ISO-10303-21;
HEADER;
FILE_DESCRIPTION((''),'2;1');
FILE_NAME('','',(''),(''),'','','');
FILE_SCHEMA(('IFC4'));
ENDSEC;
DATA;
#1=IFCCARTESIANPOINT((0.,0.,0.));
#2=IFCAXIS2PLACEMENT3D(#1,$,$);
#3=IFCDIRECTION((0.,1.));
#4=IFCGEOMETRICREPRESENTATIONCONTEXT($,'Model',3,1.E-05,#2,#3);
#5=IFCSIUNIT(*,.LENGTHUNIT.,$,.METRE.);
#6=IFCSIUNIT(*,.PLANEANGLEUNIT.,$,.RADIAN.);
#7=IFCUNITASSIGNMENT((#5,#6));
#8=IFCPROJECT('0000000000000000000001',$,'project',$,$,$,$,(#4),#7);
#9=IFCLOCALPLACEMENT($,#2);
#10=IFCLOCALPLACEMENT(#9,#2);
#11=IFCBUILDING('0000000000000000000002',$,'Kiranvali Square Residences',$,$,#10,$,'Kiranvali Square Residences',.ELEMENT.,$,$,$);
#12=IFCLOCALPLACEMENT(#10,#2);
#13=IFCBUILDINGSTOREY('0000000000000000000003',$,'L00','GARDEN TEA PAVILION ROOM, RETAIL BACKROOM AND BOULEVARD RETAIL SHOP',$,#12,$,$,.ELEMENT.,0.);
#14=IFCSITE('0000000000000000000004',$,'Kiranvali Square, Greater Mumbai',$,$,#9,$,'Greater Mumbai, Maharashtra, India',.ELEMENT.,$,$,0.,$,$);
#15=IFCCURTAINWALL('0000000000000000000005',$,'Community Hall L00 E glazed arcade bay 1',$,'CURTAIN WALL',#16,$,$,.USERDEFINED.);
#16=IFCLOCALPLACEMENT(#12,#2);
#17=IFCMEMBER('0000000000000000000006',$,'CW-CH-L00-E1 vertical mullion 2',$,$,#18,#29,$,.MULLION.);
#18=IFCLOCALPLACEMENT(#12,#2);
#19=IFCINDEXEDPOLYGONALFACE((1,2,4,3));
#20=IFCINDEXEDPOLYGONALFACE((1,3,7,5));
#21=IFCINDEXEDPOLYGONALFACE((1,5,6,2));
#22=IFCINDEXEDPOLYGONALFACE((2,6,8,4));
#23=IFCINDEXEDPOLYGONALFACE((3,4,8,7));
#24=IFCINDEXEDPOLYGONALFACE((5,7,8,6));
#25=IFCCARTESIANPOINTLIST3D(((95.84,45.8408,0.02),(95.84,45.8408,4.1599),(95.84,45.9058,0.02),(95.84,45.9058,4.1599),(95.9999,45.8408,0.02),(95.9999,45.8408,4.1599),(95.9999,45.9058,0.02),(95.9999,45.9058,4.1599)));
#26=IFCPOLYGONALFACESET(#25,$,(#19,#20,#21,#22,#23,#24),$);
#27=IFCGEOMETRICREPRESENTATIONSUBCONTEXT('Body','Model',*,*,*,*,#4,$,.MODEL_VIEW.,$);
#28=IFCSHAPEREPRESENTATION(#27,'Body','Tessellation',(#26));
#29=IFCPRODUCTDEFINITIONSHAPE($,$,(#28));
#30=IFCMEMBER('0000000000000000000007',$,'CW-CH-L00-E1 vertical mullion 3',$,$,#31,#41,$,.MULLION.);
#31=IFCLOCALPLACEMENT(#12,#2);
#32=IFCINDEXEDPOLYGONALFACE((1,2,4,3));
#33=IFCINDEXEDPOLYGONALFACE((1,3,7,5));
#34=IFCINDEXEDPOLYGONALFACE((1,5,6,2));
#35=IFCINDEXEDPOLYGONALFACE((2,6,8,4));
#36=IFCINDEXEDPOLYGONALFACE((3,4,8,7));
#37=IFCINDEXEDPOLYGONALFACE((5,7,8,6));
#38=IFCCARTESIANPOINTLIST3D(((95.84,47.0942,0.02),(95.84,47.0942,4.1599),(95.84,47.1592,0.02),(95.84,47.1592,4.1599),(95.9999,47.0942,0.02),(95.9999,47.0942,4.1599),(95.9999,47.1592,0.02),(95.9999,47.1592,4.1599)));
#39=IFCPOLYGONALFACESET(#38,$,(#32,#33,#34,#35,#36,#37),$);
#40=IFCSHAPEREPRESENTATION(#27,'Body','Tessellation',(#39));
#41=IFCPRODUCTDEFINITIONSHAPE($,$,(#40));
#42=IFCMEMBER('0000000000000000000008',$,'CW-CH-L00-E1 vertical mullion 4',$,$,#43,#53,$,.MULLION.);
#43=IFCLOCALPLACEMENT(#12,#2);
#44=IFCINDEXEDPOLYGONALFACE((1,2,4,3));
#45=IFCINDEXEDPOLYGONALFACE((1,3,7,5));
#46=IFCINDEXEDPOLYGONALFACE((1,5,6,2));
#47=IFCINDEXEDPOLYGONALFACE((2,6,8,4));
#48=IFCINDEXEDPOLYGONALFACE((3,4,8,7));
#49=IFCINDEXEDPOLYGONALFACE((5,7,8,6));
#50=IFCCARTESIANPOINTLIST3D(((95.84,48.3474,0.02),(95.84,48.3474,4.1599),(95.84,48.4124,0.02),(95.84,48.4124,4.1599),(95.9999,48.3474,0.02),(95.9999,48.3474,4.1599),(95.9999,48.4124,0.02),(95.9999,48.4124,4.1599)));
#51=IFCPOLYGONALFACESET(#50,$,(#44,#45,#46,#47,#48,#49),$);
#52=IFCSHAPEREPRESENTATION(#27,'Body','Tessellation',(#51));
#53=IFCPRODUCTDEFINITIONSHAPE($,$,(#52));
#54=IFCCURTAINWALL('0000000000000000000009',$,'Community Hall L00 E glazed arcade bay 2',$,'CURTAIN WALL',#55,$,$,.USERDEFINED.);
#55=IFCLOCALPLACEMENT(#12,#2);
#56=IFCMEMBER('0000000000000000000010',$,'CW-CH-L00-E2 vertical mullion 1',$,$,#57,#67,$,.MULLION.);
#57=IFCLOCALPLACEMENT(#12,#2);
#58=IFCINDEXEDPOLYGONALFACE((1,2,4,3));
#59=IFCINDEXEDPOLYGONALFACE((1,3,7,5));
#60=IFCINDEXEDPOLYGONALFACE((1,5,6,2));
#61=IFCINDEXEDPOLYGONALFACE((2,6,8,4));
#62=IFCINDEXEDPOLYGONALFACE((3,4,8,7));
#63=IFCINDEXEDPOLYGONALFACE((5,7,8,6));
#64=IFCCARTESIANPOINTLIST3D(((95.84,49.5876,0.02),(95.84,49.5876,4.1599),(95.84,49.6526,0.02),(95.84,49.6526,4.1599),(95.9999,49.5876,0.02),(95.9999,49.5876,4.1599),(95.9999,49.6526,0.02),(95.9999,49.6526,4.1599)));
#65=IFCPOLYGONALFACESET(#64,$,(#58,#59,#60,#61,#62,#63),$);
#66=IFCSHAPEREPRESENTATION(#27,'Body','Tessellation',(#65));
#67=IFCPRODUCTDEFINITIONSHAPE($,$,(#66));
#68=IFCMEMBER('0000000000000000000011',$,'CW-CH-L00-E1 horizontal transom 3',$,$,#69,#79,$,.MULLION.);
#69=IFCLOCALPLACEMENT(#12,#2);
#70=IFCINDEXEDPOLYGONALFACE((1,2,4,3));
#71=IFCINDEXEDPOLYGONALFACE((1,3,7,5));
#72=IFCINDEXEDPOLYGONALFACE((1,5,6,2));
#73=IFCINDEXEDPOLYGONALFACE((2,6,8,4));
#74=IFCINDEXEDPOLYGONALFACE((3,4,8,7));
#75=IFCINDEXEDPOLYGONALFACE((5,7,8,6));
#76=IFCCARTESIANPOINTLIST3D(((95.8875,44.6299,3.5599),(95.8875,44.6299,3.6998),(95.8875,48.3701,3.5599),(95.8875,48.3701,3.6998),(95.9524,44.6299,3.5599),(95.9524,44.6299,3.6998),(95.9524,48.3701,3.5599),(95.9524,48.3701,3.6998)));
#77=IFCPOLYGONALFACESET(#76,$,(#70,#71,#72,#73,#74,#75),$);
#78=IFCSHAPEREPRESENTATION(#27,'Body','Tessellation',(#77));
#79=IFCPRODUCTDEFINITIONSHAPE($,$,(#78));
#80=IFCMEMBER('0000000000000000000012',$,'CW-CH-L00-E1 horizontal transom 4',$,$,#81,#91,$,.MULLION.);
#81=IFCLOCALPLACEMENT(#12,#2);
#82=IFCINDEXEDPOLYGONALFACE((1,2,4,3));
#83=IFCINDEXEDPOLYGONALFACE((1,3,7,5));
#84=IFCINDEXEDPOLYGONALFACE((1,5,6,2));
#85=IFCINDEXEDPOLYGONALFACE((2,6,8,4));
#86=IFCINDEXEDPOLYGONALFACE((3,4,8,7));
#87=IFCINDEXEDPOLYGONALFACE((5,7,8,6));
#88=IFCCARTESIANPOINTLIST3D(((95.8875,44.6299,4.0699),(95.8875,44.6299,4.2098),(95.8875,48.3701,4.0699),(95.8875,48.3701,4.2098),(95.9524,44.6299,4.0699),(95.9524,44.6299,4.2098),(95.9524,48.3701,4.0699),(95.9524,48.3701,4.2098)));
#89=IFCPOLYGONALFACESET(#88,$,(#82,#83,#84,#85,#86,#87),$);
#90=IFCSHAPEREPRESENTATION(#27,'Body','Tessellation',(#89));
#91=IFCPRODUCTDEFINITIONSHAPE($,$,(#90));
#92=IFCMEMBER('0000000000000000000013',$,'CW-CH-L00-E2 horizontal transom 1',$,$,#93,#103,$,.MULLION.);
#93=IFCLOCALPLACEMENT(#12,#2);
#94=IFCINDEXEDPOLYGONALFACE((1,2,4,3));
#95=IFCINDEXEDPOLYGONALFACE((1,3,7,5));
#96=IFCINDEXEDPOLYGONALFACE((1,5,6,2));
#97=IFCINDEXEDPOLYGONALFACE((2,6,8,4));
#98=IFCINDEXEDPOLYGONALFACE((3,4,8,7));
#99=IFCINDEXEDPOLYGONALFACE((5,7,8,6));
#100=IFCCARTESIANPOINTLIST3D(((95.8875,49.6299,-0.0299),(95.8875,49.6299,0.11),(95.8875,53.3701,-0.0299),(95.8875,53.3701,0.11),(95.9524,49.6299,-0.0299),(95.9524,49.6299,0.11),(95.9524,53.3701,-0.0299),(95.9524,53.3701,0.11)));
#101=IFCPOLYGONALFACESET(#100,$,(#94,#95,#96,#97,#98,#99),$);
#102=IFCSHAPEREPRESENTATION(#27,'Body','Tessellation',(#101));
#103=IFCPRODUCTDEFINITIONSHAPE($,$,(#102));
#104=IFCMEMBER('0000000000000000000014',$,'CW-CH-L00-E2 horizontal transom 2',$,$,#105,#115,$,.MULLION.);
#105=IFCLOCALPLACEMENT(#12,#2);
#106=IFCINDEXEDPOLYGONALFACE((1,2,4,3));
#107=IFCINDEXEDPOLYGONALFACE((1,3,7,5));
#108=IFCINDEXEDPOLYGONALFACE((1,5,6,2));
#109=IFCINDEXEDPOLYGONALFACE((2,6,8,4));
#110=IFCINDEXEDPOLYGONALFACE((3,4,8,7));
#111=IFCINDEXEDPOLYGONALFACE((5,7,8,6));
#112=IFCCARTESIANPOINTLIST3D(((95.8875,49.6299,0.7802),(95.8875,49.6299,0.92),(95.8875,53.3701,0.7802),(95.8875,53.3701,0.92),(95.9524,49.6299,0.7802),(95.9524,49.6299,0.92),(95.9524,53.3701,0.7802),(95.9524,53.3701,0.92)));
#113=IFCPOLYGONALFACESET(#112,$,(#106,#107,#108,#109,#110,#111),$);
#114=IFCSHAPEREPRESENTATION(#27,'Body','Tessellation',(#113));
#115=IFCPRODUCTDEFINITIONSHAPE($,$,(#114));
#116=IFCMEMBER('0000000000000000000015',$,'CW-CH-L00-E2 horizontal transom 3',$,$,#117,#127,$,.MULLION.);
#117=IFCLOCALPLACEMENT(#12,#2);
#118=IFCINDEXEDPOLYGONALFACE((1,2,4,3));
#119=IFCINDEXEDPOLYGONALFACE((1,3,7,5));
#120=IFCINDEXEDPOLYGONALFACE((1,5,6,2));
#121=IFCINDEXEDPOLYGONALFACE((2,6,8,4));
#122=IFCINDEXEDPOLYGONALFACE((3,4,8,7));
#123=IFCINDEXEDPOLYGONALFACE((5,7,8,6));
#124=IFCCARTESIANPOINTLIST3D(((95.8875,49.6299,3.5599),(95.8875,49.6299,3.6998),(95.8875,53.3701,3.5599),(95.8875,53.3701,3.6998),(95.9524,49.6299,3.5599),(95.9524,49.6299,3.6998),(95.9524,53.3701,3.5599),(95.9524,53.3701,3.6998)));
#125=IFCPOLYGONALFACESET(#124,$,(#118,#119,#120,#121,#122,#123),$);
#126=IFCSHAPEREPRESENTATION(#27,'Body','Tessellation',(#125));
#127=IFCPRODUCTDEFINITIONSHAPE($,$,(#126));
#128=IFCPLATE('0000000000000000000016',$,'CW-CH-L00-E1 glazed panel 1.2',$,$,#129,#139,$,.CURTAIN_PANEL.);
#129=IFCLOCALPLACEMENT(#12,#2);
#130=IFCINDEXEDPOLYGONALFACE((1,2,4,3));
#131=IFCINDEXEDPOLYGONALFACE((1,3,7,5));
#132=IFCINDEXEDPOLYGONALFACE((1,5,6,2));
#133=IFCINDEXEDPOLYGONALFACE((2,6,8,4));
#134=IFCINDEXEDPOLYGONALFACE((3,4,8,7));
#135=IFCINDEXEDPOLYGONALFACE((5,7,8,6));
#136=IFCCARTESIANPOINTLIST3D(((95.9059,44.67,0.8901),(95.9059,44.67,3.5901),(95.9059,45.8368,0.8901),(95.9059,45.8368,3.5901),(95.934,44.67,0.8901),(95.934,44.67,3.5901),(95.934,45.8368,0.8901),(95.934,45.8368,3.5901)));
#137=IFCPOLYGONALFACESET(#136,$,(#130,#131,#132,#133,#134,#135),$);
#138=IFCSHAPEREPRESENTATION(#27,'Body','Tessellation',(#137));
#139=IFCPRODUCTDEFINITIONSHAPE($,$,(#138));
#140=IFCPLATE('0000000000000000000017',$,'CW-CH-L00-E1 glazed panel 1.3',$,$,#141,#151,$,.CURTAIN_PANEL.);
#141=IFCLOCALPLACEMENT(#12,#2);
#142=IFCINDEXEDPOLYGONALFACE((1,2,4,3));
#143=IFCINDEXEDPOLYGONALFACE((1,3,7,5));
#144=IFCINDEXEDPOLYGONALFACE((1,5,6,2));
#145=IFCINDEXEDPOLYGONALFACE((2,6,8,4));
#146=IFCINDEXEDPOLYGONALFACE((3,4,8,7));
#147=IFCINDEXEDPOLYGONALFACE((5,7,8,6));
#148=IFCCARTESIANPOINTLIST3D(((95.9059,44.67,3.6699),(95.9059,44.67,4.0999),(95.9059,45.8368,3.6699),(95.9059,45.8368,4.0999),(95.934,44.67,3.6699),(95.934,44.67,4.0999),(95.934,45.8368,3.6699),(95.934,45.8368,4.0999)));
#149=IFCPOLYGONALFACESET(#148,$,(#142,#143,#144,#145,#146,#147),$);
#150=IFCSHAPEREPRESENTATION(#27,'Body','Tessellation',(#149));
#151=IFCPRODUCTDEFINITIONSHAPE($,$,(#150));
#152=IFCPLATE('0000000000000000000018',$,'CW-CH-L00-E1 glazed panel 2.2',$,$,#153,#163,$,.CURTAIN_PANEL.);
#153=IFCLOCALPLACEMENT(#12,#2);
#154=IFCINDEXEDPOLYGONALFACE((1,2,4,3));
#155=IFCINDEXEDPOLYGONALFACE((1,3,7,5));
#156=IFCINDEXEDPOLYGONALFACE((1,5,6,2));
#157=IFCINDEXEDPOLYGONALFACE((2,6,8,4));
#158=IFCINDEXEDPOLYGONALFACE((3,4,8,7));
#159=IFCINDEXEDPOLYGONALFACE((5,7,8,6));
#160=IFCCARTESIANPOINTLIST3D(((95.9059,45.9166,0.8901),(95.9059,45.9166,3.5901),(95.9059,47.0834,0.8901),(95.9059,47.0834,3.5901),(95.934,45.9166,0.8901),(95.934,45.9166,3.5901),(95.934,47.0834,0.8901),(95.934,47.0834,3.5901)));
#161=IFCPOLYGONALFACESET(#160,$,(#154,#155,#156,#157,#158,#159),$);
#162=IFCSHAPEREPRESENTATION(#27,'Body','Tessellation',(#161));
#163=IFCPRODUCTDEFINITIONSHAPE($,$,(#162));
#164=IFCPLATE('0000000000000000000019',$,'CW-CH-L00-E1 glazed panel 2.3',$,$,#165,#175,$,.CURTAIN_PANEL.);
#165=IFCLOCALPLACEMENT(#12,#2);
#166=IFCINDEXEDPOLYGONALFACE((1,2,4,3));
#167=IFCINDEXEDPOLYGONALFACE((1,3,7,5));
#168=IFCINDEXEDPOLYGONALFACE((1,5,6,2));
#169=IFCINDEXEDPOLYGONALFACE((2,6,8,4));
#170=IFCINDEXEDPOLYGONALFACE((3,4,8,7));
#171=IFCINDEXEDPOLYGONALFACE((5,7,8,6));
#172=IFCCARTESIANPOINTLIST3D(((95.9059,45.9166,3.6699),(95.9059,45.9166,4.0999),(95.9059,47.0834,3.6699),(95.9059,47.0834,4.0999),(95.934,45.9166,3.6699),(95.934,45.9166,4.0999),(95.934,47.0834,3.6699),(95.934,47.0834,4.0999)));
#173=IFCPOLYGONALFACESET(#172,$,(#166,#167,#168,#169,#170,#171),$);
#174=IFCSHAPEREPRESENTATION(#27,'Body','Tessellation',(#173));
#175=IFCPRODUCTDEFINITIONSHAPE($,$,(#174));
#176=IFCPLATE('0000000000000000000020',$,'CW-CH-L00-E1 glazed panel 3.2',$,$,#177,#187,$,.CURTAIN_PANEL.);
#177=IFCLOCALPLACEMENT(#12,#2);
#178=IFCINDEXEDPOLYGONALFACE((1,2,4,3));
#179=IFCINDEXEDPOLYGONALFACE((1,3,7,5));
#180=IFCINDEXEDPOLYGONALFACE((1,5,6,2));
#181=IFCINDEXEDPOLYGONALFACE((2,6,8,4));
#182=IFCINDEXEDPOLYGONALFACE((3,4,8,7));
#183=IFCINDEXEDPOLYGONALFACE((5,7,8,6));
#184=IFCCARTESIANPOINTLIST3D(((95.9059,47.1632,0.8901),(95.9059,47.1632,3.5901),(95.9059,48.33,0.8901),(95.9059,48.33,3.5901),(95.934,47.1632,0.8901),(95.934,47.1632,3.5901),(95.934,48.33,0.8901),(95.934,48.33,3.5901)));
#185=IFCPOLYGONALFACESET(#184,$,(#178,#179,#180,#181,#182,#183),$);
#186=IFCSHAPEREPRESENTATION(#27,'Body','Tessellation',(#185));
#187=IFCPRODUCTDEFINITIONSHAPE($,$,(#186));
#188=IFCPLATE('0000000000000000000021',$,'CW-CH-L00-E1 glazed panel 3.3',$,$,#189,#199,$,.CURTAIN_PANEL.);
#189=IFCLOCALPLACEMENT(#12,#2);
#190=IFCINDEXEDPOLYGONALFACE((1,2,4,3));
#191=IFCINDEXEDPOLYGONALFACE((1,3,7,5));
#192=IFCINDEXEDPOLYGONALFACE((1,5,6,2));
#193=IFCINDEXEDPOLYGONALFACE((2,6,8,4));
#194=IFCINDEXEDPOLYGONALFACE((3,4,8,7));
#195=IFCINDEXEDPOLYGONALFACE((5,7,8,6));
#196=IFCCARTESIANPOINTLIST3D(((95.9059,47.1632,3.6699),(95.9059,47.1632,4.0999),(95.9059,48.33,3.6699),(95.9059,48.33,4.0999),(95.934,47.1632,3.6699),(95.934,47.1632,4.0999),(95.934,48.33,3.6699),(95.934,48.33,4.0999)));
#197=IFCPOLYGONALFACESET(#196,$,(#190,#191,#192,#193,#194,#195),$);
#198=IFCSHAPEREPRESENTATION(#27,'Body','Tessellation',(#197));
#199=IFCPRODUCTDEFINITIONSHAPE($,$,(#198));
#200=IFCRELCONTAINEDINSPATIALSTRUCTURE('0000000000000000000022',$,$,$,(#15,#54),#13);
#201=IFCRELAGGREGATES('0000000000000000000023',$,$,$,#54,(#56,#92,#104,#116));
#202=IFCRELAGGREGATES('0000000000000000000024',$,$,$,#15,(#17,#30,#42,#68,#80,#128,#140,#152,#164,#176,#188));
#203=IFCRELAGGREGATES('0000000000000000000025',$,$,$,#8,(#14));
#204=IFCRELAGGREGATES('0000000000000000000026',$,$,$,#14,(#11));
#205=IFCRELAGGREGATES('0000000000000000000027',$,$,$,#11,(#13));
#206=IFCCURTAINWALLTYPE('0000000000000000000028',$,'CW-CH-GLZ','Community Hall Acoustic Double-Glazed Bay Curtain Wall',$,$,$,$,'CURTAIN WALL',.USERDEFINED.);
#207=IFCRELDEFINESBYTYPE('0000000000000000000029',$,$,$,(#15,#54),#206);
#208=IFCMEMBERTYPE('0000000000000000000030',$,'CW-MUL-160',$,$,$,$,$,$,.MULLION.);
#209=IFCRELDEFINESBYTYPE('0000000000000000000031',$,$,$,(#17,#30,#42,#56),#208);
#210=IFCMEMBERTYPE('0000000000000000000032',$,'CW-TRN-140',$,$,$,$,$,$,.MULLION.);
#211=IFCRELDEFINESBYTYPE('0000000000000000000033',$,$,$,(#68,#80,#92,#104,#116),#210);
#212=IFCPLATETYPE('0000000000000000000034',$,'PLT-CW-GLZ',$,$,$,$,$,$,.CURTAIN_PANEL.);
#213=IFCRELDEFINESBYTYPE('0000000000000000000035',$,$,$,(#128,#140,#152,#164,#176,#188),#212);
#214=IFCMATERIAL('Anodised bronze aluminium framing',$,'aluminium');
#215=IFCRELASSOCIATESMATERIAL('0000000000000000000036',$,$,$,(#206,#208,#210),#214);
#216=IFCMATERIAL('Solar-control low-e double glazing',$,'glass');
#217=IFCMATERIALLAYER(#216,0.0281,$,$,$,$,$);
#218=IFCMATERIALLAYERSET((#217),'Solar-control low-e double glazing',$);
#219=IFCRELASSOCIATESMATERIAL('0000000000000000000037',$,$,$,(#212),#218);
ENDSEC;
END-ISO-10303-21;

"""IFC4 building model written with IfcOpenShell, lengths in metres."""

from ifc_helpers import new_model, si_unit, direction, frame, origin, origin_2d, place, context, subcontext, project, spatial, rectangle, extrude, material, layer, layer_set, material_profile, profile_set, type_object, element, aggregate, save


model = new_model("IFC4")

# Units and contexts
model_context = context("Model", 3, precision=1e-05, world=origin(), true_north=direction((0.0, 1.0)))
body_context = subcontext(model_context, "Body", "Model", "MODEL_VIEW")
ifc_project = project(units=[si_unit("LENGTHUNIT", "METRE"), si_unit("PLANEANGLEUNIT", "RADIAN")], contexts=[model_context])

# Site, building, storey
site_placement = place(None, origin())
site = spatial("IfcSite", under=ifc_project, at=site_placement, Name="Kiranvali Square, Greater Mumbai", LongName="Greater Mumbai, Maharashtra, India", CompositionType="ELEMENT", RefElevation=0.0)
building_placement = place(site_placement, origin())
building = spatial("IfcBuilding", under=site, at=building_placement, Name="Kiranvali Square Residences", LongName="Kiranvali Square Residences", CompositionType="ELEMENT")
storey_placement = place(building_placement, origin())
storey = spatial("IfcBuildingStorey", under=building, at=storey_placement, Name="L00", Description="GARDEN TEA PAVILION ROOM, RETAIL BACKROOM AND BOULEVARD RETAIL SHOP", CompositionType="ELEMENT", Elevation=0.0)

# Curtain wall, members
ifc_material_1 = material(Name="Anodised bronze aluminium framing", Category="aluminium")
curtain_wall_type = type_object("IfcCurtainWallType", Name="CW-CH-GLZ", Description="Community Hall Acoustic Double-Glazed Bay Curtain Wall", ElementType="CURTAIN WALL", PredefinedType="USERDEFINED", material=ifc_material_1)
curtain_wall_1_placement = place(storey_placement, origin())
curtain_wall_1 = element("IfcCurtainWall", 1, at=curtain_wall_1_placement, inside=storey, type_object=curtain_wall_type, Name="Community Hall L00 E glazed arcade bay 1", ObjectType="CURTAIN WALL", PredefinedType="USERDEFINED")
ifc_material_profile_1 = material_profile(ifc_material_1, rectangle(XDim=0.0649, YDim=0.1599, at=origin_2d()), Name="ALU 65x160")
ifc_profile_set_1 = profile_set([ifc_material_profile_1], Name="Anodised bronze aluminium framing")
member_type_1 = type_object("IfcMemberType", Name="CW-MUL-160", PredefinedType="MULLION", material=ifc_profile_set_1)
member_1_placement = place(storey_placement, frame((95.9199, 45.8733, 0.02), z_axis=(0.0, 0.0, 1.0), x_axis=(0.0, 1.0, 0.0)))
member_1 = element("IfcMember", 2, at=member_1_placement, type_object=member_type_1, Name="CW-CH-L00-E1 vertical mullion 2", PredefinedType="MULLION", context=body_context, shape_type="SweptSolid", body=[
    extrude(rectangle(XDim=0.0649, YDim=0.1599, at=origin_2d()), origin(), (0.0, 0.0, 1.0), 4.1399),
])
member_2_placement = place(storey_placement, frame((95.9199, 47.1267, 0.02), z_axis=(0.0, 0.0, 1.0), x_axis=(0.0, 1.0, 0.0)))
member_2 = element("IfcMember", 3, at=member_2_placement, type_object=member_type_1, Name="CW-CH-L00-E1 vertical mullion 3", PredefinedType="MULLION", context=body_context, shape_type="SweptSolid", body=[
    extrude(rectangle(XDim=0.0649, YDim=0.1599, at=origin_2d()), origin(), (0.0, 0.0, 1.0), 4.1399),
])
member_3_placement = place(storey_placement, frame((95.9199, 48.3799, 0.02), z_axis=(0.0, 0.0, 1.0), x_axis=(0.0, 1.0, 0.0)))
member_3 = element("IfcMember", 4, at=member_3_placement, type_object=member_type_1, Name="CW-CH-L00-E1 vertical mullion 4", PredefinedType="MULLION", context=body_context, shape_type="SweptSolid", body=[
    extrude(rectangle(XDim=0.0649, YDim=0.1599, at=origin_2d()), origin(), (0.0, 0.0, 1.0), 4.1399),
])

# Curtain wall, member
curtain_wall_2_placement = place(storey_placement, origin())
curtain_wall_2 = element("IfcCurtainWall", 5, at=curtain_wall_2_placement, inside=storey, type_object=curtain_wall_type, Name="Community Hall L00 E glazed arcade bay 2", ObjectType="CURTAIN WALL", PredefinedType="USERDEFINED")
member_4_placement = place(storey_placement, frame((95.9199, 49.6201, 0.02), z_axis=(0.0, 0.0, 1.0), x_axis=(0.0, 1.0, 0.0)))
member_4 = element("IfcMember", 6, at=member_4_placement, type_object=member_type_1, Name="CW-CH-L00-E2 vertical mullion 1", PredefinedType="MULLION", context=body_context, shape_type="SweptSolid", body=[
    extrude(rectangle(XDim=0.0649, YDim=0.1599, at=origin_2d()), origin(), (0.0, 0.0, 1.0), 4.1399),
])

# Members
ifc_material_profile_2 = material_profile(ifc_material_1, rectangle(XDim=0.0649, YDim=0.1399, at=origin_2d()), Name="ALU 65x140")
ifc_profile_set_2 = profile_set([ifc_material_profile_2], Name="Anodised bronze aluminium framing")
member_type_2 = type_object("IfcMemberType", Name="CW-TRN-140", PredefinedType="MULLION", material=ifc_profile_set_2)
member_5_placement = place(storey_placement, frame((95.9199, 44.6299, 3.6299), z_axis=(0.0, 1.0, 0.0), x_axis=(-1.0, 0.0, 0.0)))
member_5 = element("IfcMember", 7, at=member_5_placement, type_object=member_type_2, Name="CW-CH-L00-E1 horizontal transom 3", PredefinedType="MULLION", context=body_context, shape_type="SweptSolid", body=[
    extrude(rectangle(XDim=0.0649, YDim=0.1399, at=origin_2d()), origin(), (0.0, 0.0, 1.0), 3.7402),
])
member_6_placement = place(storey_placement, frame((95.9199, 44.6299, 4.1399), z_axis=(0.0, 1.0, 0.0), x_axis=(-1.0, 0.0, 0.0)))
member_6 = element("IfcMember", 8, at=member_6_placement, type_object=member_type_2, Name="CW-CH-L00-E1 horizontal transom 4", PredefinedType="MULLION", context=body_context, shape_type="SweptSolid", body=[
    extrude(rectangle(XDim=0.0649, YDim=0.1399, at=origin_2d()), origin(), (0.0, 0.0, 1.0), 3.7402),
])
member_7_placement = place(storey_placement, frame((95.9199, 49.6299, 0.04), z_axis=(0.0, 1.0, 0.0), x_axis=(-1.0, 0.0, 0.0)))
member_7 = element("IfcMember", 9, at=member_7_placement, type_object=member_type_2, Name="CW-CH-L00-E2 horizontal transom 1", PredefinedType="MULLION", context=body_context, shape_type="SweptSolid", body=[
    extrude(rectangle(XDim=0.0649, YDim=0.1399, at=origin_2d()), origin(), (0.0, 0.0, 1.0), 3.7402),
])
member_8_placement = place(storey_placement, frame((95.9199, 49.6299, 0.8501), z_axis=(0.0, 1.0, 0.0), x_axis=(-1.0, 0.0, 0.0)))
member_8 = element("IfcMember", 10, at=member_8_placement, type_object=member_type_2, Name="CW-CH-L00-E2 horizontal transom 2", PredefinedType="MULLION", context=body_context, shape_type="SweptSolid", body=[
    extrude(rectangle(XDim=0.0649, YDim=0.1399, at=origin_2d()), origin(), (0.0, 0.0, 1.0), 3.7402),
])
member_9_placement = place(storey_placement, frame((95.9199, 49.6299, 3.6299), z_axis=(0.0, 1.0, 0.0), x_axis=(-1.0, 0.0, 0.0)))
member_9 = element("IfcMember", 11, at=member_9_placement, type_object=member_type_2, Name="CW-CH-L00-E2 horizontal transom 3", PredefinedType="MULLION", context=body_context, shape_type="SweptSolid", body=[
    extrude(rectangle(XDim=0.0649, YDim=0.1399, at=origin_2d()), origin(), (0.0, 0.0, 1.0), 3.7402),
])
aggregate(curtain_wall_2, [member_4, member_7, member_8, member_9])

# Plates
ifc_material_2 = material(Name="Solar-control low-e double glazing", Category="glass")
ifc_layer_1 = layer(ifc_material_2, 0.0281)
ifc_layer_set_1 = layer_set([ifc_layer_1], Name="Solar-control low-e double glazing")
plate_type_1 = type_object("IfcPlateType", Name="PLT-CW-GLZ", PredefinedType="CURTAIN_PANEL", material=ifc_layer_set_1)
plate_1_placement = place(storey_placement, frame((95.9199, 45.2534, 0.8901), z_axis=(0.0, 0.0, 1.0), x_axis=(0.0, 1.0, 0.0)))
plate_1 = element("IfcPlate", 12, at=plate_1_placement, type_object=plate_type_1, Name="CW-CH-L00-E1 glazed panel 1.2", PredefinedType="CURTAIN_PANEL", context=body_context, shape_type="SweptSolid", body=[
    extrude(rectangle(XDim=1.1667, YDim=0.0281, at=origin_2d()), origin(), (0.0, 0.0, 1.0), 2.7),
])
plate_2_placement = place(storey_placement, frame((95.9199, 45.2534, 3.6699), z_axis=(0.0, 0.0, 1.0), x_axis=(0.0, 1.0, 0.0)))
plate_2 = element("IfcPlate", 13, at=plate_2_placement, type_object=plate_type_1, Name="CW-CH-L00-E1 glazed panel 1.3", PredefinedType="CURTAIN_PANEL", context=body_context, shape_type="SweptSolid", body=[
    extrude(rectangle(XDim=1.1667, YDim=0.0281, at=origin_2d()), origin(), (0.0, 0.0, 1.0), 0.4299),
])
plate_3_placement = place(storey_placement, frame((95.9199, 46.5, 0.8901), z_axis=(0.0, 0.0, 1.0), x_axis=(0.0, 1.0, 0.0)))
plate_3 = element("IfcPlate", 14, at=plate_3_placement, type_object=plate_type_1, Name="CW-CH-L00-E1 glazed panel 2.2", PredefinedType="CURTAIN_PANEL", context=body_context, shape_type="SweptSolid", body=[
    extrude(rectangle(XDim=1.1667, YDim=0.0281, at=origin_2d()), origin(), (0.0, 0.0, 1.0), 2.7),
])
plate_4_placement = place(storey_placement, frame((95.9199, 46.5, 3.6699), z_axis=(0.0, 0.0, 1.0), x_axis=(0.0, 1.0, 0.0)))
plate_4 = element("IfcPlate", 15, at=plate_4_placement, type_object=plate_type_1, Name="CW-CH-L00-E1 glazed panel 2.3", PredefinedType="CURTAIN_PANEL", context=body_context, shape_type="SweptSolid", body=[
    extrude(rectangle(XDim=1.1667, YDim=0.0281, at=origin_2d()), origin(), (0.0, 0.0, 1.0), 0.4299),
])
plate_5_placement = place(storey_placement, frame((95.9199, 47.7466, 0.8901), z_axis=(0.0, 0.0, 1.0), x_axis=(0.0, 1.0, 0.0)))
plate_5 = element("IfcPlate", 16, at=plate_5_placement, type_object=plate_type_1, Name="CW-CH-L00-E1 glazed panel 3.2", PredefinedType="CURTAIN_PANEL", context=body_context, shape_type="SweptSolid", body=[
    extrude(rectangle(XDim=1.1667, YDim=0.0281, at=origin_2d()), origin(), (0.0, 0.0, 1.0), 2.7),
])
plate_6_placement = place(storey_placement, frame((95.9199, 47.7466, 3.6699), z_axis=(0.0, 0.0, 1.0), x_axis=(0.0, 1.0, 0.0)))
plate_6 = element("IfcPlate", 17, at=plate_6_placement, type_object=plate_type_1, Name="CW-CH-L00-E1 glazed panel 3.3", PredefinedType="CURTAIN_PANEL", context=body_context, shape_type="SweptSolid", body=[
    extrude(rectangle(XDim=1.1667, YDim=0.0281, at=origin_2d()), origin(), (0.0, 0.0, 1.0), 0.4299),
])
aggregate(curtain_wall_1, [member_1, member_2, member_3, member_5, member_6, plate_1, plate_2, plate_3, plate_4, plate_5, plate_6])

save(model, "model.ifc")
